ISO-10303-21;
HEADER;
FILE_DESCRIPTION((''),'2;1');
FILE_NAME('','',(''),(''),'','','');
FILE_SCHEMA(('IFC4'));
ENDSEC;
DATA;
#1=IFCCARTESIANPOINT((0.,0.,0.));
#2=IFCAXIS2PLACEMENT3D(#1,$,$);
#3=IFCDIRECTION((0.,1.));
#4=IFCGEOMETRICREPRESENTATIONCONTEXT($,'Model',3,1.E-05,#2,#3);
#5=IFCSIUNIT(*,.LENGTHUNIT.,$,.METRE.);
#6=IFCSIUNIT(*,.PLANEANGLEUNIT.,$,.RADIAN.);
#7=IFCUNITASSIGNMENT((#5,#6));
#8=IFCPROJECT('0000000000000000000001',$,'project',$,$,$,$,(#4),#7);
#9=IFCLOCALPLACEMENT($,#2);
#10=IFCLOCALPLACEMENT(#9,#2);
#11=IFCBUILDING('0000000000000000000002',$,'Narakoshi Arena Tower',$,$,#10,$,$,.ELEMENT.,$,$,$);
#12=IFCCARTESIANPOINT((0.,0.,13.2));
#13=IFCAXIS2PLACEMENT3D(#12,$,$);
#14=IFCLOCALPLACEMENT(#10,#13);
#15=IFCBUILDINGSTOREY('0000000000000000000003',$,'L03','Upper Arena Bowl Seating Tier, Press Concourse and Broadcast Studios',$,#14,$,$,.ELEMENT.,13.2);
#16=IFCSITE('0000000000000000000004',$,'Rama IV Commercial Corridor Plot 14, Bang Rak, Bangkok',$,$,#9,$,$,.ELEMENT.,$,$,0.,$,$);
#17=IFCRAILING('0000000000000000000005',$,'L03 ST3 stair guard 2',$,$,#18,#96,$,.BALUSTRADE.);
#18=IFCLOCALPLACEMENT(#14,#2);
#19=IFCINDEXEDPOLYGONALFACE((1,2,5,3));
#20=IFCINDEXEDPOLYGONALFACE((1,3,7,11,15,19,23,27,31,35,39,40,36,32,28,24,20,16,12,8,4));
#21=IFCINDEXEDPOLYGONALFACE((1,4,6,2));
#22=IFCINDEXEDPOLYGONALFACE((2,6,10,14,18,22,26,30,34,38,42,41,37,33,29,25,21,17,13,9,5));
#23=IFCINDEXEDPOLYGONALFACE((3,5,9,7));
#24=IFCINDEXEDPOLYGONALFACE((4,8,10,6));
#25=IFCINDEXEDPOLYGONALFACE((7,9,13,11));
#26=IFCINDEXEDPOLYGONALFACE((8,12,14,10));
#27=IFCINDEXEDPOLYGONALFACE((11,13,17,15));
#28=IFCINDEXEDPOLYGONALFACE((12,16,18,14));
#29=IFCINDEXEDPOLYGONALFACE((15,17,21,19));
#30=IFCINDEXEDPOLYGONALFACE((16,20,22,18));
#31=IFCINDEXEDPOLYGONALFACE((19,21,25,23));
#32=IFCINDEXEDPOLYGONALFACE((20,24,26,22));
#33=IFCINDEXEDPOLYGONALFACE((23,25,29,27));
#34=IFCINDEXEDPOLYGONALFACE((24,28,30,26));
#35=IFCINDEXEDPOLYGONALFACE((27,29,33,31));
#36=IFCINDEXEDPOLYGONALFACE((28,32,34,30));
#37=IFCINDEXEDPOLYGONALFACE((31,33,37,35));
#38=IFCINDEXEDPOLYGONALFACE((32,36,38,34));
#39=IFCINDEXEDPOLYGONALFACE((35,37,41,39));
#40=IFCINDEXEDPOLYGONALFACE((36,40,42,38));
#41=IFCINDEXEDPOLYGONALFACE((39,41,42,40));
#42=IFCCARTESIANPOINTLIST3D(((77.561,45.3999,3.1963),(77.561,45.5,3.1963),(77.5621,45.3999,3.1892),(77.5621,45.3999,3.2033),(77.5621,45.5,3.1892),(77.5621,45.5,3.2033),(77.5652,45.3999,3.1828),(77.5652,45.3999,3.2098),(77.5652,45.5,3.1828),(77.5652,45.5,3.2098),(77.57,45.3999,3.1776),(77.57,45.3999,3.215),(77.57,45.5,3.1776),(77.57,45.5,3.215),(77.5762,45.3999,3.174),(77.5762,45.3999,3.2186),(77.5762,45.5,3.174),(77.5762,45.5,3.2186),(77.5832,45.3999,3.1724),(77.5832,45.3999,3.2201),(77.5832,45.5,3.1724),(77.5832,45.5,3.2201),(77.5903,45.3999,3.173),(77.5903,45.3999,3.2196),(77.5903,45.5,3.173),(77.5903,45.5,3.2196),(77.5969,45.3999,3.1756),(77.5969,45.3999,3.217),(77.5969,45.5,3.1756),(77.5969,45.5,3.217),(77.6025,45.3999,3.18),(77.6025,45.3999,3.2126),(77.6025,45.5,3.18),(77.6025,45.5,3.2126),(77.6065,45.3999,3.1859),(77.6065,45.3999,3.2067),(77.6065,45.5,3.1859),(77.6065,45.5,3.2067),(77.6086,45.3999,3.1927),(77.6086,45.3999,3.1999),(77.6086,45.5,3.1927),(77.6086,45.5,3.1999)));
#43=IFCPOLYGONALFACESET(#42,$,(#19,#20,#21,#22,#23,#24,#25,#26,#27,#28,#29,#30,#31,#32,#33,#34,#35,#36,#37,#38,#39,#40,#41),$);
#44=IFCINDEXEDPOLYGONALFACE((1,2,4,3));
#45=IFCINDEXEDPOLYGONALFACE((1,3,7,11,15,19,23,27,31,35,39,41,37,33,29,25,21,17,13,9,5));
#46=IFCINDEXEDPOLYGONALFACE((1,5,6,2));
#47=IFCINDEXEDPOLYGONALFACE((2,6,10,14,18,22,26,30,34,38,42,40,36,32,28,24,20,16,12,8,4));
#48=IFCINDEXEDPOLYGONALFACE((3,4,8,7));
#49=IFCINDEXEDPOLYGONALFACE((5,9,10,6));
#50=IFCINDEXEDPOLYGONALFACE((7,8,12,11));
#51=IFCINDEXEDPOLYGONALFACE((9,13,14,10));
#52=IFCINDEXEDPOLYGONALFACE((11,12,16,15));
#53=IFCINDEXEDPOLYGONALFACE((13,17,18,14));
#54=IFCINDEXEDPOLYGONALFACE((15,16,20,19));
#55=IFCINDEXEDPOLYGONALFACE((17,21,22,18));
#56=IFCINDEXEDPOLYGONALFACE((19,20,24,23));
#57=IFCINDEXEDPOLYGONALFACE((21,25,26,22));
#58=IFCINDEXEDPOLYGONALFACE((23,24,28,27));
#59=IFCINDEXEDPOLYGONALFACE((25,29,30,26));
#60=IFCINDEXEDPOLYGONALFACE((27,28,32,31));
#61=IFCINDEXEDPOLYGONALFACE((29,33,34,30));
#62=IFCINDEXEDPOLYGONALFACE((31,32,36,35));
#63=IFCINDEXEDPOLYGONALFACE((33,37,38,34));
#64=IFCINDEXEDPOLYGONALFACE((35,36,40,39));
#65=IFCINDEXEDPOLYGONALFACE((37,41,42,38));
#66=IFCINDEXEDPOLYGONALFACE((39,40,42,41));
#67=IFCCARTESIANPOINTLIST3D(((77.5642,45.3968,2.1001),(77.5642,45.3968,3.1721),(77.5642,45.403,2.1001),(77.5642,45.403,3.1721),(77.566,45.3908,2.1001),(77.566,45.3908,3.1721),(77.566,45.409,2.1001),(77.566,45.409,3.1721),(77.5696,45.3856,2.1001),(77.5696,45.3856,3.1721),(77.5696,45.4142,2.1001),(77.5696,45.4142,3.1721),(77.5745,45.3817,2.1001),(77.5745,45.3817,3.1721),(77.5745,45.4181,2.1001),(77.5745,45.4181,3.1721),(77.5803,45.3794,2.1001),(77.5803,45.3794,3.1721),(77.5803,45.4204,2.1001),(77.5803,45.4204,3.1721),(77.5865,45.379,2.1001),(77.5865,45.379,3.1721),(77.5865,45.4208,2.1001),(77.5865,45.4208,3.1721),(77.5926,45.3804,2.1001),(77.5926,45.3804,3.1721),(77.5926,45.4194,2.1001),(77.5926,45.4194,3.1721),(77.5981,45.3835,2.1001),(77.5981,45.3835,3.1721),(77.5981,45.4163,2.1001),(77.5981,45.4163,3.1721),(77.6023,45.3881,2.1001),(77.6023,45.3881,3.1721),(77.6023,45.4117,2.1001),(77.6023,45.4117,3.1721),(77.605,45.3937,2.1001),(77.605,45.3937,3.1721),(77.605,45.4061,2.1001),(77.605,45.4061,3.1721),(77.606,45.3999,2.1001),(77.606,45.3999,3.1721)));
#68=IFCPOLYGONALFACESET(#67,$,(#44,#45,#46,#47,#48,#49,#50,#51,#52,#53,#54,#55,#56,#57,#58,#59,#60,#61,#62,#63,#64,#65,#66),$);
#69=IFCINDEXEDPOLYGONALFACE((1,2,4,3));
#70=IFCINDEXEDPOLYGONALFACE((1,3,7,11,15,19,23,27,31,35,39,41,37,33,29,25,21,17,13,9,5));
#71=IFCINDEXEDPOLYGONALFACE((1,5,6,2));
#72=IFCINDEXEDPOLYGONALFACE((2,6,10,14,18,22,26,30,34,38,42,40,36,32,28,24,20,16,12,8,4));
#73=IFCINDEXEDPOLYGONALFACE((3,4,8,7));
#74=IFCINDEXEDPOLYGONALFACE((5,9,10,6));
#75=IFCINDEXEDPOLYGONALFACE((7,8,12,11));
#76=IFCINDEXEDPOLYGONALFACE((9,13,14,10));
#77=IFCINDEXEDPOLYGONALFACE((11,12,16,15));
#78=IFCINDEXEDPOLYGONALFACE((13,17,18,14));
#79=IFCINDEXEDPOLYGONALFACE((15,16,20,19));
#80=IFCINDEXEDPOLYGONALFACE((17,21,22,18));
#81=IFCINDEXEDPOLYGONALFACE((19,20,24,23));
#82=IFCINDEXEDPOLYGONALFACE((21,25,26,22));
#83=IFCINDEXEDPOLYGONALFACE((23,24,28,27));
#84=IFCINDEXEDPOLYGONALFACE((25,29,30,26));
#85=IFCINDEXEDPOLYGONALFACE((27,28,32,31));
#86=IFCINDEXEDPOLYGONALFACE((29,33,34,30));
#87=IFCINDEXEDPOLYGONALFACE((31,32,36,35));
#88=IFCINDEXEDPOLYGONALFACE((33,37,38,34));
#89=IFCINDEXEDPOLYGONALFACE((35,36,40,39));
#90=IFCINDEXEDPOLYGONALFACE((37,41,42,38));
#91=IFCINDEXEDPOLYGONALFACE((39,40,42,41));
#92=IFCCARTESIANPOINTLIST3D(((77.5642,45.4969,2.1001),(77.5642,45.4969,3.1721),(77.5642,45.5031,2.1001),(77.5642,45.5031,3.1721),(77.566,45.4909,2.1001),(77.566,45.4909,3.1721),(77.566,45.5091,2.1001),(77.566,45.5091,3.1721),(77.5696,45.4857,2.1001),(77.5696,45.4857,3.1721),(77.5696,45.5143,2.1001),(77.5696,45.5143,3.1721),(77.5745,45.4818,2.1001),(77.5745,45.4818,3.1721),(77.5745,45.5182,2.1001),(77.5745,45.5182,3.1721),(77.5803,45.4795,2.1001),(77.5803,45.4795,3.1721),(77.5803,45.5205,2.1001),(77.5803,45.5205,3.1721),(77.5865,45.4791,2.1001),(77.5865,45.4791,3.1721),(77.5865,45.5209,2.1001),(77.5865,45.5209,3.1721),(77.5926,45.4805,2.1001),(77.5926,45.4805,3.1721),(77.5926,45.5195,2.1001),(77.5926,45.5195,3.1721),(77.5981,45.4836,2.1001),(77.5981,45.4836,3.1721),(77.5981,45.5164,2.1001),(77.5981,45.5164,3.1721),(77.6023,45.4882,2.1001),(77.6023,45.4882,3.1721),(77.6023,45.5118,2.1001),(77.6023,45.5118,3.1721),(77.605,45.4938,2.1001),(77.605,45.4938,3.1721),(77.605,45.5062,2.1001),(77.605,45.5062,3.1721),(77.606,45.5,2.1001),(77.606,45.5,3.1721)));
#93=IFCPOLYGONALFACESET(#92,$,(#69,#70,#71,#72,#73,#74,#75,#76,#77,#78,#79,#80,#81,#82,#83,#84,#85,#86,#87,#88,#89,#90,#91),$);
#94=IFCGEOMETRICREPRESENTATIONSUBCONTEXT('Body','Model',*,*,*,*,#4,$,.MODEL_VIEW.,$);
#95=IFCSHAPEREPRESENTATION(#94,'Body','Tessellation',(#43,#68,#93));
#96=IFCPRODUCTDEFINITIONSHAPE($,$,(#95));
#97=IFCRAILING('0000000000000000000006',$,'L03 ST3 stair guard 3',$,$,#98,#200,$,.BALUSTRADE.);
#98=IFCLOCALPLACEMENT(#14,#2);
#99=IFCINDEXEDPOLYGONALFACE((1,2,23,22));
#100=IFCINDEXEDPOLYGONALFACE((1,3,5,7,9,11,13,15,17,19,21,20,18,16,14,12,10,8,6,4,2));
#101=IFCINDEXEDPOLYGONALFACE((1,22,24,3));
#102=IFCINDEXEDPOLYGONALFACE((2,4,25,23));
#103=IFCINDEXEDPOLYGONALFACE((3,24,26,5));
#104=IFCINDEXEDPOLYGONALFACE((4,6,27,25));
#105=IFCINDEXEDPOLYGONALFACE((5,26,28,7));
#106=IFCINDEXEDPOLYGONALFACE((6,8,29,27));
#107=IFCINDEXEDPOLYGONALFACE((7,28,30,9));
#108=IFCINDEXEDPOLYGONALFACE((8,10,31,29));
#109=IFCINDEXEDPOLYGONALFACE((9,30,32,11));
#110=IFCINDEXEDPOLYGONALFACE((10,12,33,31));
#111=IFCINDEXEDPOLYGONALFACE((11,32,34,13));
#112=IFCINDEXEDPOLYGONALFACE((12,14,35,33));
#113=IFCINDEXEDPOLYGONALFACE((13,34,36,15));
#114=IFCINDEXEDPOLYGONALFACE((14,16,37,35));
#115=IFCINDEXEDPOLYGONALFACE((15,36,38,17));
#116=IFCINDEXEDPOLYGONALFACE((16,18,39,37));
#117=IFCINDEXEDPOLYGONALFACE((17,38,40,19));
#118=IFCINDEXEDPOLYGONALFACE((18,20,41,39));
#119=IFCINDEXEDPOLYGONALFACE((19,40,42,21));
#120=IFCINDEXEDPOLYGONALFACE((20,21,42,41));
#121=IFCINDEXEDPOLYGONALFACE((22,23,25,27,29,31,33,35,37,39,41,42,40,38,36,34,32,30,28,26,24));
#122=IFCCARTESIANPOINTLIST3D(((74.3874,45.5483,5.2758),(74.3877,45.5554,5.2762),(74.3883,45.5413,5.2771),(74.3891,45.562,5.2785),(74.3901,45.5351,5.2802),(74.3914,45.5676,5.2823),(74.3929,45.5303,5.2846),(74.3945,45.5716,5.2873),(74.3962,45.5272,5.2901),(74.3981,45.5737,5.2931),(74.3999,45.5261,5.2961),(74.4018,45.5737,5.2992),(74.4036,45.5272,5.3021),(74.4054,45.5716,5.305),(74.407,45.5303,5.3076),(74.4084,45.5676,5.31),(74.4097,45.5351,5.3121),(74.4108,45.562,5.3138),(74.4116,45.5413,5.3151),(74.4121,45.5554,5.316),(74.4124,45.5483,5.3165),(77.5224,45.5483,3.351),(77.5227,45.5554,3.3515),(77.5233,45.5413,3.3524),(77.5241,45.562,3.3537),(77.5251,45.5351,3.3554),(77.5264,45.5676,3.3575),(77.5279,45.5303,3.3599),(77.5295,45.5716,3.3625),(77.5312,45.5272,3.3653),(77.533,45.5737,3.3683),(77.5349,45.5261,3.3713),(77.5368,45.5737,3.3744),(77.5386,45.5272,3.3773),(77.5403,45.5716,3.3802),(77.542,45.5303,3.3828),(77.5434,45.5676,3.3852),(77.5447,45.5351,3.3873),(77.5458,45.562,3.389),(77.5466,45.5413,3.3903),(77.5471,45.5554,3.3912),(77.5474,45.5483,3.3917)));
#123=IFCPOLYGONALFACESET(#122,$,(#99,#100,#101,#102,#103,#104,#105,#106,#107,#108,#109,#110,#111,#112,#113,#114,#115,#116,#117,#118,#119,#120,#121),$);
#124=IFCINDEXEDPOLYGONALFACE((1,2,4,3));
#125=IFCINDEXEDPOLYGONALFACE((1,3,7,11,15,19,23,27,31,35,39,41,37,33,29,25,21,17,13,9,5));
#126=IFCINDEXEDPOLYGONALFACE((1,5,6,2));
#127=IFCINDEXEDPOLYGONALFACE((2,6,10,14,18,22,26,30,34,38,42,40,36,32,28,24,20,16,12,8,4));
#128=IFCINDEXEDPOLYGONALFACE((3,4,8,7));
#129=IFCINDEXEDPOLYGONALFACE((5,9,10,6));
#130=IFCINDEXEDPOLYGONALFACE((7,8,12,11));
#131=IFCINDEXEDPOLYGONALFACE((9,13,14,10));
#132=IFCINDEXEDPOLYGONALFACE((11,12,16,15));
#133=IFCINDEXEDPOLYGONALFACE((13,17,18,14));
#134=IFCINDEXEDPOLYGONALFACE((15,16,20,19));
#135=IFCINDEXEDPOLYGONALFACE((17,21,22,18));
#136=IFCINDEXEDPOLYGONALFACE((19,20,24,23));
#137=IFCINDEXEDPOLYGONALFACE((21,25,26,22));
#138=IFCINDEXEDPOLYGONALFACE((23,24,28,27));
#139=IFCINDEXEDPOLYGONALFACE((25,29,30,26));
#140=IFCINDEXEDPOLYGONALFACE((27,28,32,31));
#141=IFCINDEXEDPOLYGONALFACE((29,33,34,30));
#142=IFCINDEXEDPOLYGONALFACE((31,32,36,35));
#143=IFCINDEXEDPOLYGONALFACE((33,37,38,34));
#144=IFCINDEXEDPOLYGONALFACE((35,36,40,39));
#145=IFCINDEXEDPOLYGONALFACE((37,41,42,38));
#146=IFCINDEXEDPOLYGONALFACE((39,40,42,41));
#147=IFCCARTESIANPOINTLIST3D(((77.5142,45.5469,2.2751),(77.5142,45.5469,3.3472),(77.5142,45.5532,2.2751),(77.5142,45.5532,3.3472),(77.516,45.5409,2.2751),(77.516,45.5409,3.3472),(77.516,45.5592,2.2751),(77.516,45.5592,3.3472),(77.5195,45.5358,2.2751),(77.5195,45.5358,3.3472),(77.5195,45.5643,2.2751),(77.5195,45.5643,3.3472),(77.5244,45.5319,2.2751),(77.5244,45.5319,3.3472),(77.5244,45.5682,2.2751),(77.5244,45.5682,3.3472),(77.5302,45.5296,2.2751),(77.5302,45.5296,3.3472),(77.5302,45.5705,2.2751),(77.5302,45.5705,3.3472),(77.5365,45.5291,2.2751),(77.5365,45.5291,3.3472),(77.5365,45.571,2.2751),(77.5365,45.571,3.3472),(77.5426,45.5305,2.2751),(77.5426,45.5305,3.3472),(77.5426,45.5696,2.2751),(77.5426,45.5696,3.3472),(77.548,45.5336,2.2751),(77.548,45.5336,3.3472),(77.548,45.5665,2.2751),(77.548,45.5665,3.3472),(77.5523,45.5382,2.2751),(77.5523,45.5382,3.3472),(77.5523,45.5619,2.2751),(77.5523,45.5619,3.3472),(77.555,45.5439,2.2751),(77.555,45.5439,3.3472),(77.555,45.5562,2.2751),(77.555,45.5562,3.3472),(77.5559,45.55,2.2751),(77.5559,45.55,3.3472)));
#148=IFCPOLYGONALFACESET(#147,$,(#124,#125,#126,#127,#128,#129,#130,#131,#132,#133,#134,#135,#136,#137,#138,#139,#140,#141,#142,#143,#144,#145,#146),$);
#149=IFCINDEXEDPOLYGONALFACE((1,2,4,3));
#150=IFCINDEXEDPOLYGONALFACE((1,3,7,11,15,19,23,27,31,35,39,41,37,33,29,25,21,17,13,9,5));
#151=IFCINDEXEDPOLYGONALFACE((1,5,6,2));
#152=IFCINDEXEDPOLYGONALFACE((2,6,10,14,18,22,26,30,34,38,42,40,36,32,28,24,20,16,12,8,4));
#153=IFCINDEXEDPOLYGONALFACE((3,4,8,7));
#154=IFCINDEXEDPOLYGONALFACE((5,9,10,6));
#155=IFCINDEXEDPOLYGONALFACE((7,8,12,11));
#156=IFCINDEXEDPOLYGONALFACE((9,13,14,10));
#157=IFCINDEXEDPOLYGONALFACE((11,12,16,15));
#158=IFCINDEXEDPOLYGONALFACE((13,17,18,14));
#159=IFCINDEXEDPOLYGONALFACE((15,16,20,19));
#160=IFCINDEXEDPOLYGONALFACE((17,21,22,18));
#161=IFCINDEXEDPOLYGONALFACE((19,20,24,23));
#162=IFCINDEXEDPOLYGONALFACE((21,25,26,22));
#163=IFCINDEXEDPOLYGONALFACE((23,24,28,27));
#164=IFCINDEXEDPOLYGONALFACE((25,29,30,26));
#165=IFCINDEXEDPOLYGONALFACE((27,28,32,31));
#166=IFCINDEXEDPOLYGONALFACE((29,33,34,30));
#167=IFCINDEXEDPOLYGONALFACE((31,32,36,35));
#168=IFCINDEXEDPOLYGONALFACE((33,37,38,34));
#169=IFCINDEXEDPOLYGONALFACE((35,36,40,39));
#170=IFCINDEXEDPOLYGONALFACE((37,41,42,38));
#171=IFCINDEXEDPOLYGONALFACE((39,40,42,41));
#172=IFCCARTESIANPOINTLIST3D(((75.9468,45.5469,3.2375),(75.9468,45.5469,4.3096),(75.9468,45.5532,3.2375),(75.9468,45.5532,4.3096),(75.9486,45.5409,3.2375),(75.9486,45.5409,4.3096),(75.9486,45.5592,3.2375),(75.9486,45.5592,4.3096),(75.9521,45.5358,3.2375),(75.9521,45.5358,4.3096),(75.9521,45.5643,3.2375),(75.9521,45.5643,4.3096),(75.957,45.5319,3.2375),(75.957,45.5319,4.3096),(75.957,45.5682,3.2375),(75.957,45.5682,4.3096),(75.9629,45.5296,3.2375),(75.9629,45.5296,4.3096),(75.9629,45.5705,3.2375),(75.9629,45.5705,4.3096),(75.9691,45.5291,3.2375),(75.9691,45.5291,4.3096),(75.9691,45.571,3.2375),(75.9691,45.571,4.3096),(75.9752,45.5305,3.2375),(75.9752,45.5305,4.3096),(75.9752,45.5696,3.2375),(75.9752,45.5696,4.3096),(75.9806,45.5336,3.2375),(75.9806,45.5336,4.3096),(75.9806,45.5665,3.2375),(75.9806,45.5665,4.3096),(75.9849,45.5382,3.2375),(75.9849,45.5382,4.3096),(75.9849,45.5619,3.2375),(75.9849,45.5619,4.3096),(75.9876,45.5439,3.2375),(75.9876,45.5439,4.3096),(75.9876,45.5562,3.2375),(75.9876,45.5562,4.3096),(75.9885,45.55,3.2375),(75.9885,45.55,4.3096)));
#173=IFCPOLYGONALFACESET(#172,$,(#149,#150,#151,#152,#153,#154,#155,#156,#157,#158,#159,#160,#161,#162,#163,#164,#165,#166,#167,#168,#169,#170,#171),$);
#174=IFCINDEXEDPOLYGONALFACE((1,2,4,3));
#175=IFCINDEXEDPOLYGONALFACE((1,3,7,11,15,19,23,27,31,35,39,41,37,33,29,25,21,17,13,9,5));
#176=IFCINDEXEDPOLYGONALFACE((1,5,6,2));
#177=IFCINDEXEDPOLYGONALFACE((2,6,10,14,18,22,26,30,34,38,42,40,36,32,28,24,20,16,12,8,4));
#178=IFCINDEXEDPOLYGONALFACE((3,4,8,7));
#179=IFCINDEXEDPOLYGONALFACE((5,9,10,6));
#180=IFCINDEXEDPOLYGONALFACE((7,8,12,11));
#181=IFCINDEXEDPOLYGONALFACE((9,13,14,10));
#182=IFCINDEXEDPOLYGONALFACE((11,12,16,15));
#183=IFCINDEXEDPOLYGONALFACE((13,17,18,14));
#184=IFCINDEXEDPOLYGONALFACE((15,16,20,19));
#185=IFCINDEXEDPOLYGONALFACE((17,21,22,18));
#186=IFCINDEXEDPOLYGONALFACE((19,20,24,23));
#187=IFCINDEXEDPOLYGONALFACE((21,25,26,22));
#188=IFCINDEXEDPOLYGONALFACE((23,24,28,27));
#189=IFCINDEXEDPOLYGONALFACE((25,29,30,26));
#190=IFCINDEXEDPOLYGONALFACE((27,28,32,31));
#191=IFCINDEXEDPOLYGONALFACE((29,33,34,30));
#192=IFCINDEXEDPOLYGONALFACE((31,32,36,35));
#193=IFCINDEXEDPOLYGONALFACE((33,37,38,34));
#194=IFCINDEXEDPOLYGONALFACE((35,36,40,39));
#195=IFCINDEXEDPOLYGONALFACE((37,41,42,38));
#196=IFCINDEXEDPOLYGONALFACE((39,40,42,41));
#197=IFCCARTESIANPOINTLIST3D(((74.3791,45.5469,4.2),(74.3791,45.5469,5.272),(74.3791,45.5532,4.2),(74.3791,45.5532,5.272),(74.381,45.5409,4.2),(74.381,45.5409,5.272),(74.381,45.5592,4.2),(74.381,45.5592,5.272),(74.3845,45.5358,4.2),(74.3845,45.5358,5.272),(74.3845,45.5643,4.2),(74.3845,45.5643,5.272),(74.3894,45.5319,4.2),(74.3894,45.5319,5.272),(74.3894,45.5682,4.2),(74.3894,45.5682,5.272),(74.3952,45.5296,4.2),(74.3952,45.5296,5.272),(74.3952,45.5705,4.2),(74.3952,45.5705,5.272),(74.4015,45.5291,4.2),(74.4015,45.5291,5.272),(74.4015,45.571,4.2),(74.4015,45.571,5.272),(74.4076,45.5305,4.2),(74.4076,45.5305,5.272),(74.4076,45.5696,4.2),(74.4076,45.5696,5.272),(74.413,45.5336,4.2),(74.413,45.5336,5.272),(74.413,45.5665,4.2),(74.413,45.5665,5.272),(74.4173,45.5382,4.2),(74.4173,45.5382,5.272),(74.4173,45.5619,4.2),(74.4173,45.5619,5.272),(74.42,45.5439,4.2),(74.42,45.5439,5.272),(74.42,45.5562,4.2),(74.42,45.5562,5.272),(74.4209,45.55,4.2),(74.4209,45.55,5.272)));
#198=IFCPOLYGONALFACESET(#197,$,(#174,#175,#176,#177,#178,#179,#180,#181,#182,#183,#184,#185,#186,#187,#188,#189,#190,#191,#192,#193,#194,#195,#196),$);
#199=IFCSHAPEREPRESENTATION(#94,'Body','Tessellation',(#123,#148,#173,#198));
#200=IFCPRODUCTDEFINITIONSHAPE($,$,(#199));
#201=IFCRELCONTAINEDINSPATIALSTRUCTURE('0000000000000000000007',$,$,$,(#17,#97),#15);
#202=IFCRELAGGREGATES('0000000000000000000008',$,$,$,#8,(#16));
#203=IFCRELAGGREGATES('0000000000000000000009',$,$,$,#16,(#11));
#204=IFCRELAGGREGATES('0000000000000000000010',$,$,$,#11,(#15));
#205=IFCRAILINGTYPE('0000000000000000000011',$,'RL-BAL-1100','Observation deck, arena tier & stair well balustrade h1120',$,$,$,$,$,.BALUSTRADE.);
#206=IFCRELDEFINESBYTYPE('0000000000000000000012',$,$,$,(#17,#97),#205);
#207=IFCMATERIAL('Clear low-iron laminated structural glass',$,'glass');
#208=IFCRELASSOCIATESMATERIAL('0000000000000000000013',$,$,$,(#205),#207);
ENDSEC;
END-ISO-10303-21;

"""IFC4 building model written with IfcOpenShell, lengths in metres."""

from ifc_helpers import new_model, si_unit, direction, frame, origin, origin_2d, place, context, subcontext, project, spatial, circle, extrude, material, type_object, element, save


model = new_model("IFC4")

# Units and contexts
model_context = context("Model", 3, precision=1e-05, world=origin(), true_north=direction((0.0, 1.0)))
body_context = subcontext(model_context, "Body", "Model", "MODEL_VIEW")
ifc_project = project(units=[si_unit("LENGTHUNIT", "METRE"), si_unit("PLANEANGLEUNIT", "RADIAN")], contexts=[model_context])

# Site, building, storey
site_placement = place(None, origin())
site = spatial("IfcSite", under=ifc_project, at=site_placement, Name="Rama IV Commercial Corridor Plot 14, Bang Rak, Bangkok", CompositionType="ELEMENT", RefElevation=0.0)
building_placement = place(site_placement, origin())
building = spatial("IfcBuilding", under=site, at=building_placement, Name="Narakoshi Arena Tower", CompositionType="ELEMENT")
storey_placement = place(building_placement, frame((0.0, 0.0, 13.2)))
storey = spatial("IfcBuildingStorey", under=building, at=storey_placement, Name="L03", Description="Upper Arena Bowl Seating Tier, Press Concourse and Broadcast Studios", CompositionType="ELEMENT", Elevation=13.2)

# Railings
ifc_material_1 = material(Name="Clear low-iron laminated structural glass", Category="glass")
railing_type_1 = type_object("IfcRailingType", Name="RL-BAL-1100", Description="Observation deck, arena tier & stair well balustrade h1120", PredefinedType="BALUSTRADE", material=ifc_material_1)
railing_1_placement = place(storey_placement, frame((77.585, 45.3999, 2.1001)))
element("IfcRailing", 1, at=railing_1_placement, inside=storey, type_object=railing_type_1, Name="L03 ST3 stair guard 2", PredefinedType="BALUSTRADE", context=body_context, shape_type="SweptSolid", body=[
    extrude(circle(Radius=0.0239, at=origin_2d()), frame((0.0, 0.0, 1.0962), z_axis=(0.0, 1.0, 0.0), x_axis=(-1.0, 0.0, 0.0)), (0.0, 0.0, 1.0), 0.1001),
    extrude(circle(Radius=0.021, at=origin_2d()), origin(), (0.0, 0.0, 1.0), 1.072),
    extrude(circle(Radius=0.021, at=origin_2d()), frame((0.0, 0.1001, 0.0)), (0.0, 0.0, 1.0), 1.072),
])
railing_2_placement = place(storey_placement, frame((77.5349, 45.55, 2.2751)))
element("IfcRailing", 2, at=railing_2_placement, inside=storey, type_object=railing_type_1, Name="L03 ST3 stair guard 3", PredefinedType="BALUSTRADE", context=body_context, shape_type="SweptSolid", body=[
    extrude(circle(Radius=0.0239, at=origin_2d()), frame((0.0, 0.0, 1.0962), z_axis=(-0.852196, 0.0, 0.523223), x_axis=(0.0, -1.0, 0.0)), (0.0, 0.0, 1.0), 3.6787),
    extrude(circle(Radius=0.021, at=origin_2d()), origin(), (0.0, 0.0, 1.0), 1.072),
    extrude(circle(Radius=0.021, at=origin_2d()), frame((-1.5674, 0.0, 0.9624)), (0.0, 0.0, 1.0), 1.072),
    extrude(circle(Radius=0.021, at=origin_2d()), frame((-3.135, 0.0, 1.9248)), (0.0, 0.0, 1.0), 1.072),
])

save(model, "model.ifc")
